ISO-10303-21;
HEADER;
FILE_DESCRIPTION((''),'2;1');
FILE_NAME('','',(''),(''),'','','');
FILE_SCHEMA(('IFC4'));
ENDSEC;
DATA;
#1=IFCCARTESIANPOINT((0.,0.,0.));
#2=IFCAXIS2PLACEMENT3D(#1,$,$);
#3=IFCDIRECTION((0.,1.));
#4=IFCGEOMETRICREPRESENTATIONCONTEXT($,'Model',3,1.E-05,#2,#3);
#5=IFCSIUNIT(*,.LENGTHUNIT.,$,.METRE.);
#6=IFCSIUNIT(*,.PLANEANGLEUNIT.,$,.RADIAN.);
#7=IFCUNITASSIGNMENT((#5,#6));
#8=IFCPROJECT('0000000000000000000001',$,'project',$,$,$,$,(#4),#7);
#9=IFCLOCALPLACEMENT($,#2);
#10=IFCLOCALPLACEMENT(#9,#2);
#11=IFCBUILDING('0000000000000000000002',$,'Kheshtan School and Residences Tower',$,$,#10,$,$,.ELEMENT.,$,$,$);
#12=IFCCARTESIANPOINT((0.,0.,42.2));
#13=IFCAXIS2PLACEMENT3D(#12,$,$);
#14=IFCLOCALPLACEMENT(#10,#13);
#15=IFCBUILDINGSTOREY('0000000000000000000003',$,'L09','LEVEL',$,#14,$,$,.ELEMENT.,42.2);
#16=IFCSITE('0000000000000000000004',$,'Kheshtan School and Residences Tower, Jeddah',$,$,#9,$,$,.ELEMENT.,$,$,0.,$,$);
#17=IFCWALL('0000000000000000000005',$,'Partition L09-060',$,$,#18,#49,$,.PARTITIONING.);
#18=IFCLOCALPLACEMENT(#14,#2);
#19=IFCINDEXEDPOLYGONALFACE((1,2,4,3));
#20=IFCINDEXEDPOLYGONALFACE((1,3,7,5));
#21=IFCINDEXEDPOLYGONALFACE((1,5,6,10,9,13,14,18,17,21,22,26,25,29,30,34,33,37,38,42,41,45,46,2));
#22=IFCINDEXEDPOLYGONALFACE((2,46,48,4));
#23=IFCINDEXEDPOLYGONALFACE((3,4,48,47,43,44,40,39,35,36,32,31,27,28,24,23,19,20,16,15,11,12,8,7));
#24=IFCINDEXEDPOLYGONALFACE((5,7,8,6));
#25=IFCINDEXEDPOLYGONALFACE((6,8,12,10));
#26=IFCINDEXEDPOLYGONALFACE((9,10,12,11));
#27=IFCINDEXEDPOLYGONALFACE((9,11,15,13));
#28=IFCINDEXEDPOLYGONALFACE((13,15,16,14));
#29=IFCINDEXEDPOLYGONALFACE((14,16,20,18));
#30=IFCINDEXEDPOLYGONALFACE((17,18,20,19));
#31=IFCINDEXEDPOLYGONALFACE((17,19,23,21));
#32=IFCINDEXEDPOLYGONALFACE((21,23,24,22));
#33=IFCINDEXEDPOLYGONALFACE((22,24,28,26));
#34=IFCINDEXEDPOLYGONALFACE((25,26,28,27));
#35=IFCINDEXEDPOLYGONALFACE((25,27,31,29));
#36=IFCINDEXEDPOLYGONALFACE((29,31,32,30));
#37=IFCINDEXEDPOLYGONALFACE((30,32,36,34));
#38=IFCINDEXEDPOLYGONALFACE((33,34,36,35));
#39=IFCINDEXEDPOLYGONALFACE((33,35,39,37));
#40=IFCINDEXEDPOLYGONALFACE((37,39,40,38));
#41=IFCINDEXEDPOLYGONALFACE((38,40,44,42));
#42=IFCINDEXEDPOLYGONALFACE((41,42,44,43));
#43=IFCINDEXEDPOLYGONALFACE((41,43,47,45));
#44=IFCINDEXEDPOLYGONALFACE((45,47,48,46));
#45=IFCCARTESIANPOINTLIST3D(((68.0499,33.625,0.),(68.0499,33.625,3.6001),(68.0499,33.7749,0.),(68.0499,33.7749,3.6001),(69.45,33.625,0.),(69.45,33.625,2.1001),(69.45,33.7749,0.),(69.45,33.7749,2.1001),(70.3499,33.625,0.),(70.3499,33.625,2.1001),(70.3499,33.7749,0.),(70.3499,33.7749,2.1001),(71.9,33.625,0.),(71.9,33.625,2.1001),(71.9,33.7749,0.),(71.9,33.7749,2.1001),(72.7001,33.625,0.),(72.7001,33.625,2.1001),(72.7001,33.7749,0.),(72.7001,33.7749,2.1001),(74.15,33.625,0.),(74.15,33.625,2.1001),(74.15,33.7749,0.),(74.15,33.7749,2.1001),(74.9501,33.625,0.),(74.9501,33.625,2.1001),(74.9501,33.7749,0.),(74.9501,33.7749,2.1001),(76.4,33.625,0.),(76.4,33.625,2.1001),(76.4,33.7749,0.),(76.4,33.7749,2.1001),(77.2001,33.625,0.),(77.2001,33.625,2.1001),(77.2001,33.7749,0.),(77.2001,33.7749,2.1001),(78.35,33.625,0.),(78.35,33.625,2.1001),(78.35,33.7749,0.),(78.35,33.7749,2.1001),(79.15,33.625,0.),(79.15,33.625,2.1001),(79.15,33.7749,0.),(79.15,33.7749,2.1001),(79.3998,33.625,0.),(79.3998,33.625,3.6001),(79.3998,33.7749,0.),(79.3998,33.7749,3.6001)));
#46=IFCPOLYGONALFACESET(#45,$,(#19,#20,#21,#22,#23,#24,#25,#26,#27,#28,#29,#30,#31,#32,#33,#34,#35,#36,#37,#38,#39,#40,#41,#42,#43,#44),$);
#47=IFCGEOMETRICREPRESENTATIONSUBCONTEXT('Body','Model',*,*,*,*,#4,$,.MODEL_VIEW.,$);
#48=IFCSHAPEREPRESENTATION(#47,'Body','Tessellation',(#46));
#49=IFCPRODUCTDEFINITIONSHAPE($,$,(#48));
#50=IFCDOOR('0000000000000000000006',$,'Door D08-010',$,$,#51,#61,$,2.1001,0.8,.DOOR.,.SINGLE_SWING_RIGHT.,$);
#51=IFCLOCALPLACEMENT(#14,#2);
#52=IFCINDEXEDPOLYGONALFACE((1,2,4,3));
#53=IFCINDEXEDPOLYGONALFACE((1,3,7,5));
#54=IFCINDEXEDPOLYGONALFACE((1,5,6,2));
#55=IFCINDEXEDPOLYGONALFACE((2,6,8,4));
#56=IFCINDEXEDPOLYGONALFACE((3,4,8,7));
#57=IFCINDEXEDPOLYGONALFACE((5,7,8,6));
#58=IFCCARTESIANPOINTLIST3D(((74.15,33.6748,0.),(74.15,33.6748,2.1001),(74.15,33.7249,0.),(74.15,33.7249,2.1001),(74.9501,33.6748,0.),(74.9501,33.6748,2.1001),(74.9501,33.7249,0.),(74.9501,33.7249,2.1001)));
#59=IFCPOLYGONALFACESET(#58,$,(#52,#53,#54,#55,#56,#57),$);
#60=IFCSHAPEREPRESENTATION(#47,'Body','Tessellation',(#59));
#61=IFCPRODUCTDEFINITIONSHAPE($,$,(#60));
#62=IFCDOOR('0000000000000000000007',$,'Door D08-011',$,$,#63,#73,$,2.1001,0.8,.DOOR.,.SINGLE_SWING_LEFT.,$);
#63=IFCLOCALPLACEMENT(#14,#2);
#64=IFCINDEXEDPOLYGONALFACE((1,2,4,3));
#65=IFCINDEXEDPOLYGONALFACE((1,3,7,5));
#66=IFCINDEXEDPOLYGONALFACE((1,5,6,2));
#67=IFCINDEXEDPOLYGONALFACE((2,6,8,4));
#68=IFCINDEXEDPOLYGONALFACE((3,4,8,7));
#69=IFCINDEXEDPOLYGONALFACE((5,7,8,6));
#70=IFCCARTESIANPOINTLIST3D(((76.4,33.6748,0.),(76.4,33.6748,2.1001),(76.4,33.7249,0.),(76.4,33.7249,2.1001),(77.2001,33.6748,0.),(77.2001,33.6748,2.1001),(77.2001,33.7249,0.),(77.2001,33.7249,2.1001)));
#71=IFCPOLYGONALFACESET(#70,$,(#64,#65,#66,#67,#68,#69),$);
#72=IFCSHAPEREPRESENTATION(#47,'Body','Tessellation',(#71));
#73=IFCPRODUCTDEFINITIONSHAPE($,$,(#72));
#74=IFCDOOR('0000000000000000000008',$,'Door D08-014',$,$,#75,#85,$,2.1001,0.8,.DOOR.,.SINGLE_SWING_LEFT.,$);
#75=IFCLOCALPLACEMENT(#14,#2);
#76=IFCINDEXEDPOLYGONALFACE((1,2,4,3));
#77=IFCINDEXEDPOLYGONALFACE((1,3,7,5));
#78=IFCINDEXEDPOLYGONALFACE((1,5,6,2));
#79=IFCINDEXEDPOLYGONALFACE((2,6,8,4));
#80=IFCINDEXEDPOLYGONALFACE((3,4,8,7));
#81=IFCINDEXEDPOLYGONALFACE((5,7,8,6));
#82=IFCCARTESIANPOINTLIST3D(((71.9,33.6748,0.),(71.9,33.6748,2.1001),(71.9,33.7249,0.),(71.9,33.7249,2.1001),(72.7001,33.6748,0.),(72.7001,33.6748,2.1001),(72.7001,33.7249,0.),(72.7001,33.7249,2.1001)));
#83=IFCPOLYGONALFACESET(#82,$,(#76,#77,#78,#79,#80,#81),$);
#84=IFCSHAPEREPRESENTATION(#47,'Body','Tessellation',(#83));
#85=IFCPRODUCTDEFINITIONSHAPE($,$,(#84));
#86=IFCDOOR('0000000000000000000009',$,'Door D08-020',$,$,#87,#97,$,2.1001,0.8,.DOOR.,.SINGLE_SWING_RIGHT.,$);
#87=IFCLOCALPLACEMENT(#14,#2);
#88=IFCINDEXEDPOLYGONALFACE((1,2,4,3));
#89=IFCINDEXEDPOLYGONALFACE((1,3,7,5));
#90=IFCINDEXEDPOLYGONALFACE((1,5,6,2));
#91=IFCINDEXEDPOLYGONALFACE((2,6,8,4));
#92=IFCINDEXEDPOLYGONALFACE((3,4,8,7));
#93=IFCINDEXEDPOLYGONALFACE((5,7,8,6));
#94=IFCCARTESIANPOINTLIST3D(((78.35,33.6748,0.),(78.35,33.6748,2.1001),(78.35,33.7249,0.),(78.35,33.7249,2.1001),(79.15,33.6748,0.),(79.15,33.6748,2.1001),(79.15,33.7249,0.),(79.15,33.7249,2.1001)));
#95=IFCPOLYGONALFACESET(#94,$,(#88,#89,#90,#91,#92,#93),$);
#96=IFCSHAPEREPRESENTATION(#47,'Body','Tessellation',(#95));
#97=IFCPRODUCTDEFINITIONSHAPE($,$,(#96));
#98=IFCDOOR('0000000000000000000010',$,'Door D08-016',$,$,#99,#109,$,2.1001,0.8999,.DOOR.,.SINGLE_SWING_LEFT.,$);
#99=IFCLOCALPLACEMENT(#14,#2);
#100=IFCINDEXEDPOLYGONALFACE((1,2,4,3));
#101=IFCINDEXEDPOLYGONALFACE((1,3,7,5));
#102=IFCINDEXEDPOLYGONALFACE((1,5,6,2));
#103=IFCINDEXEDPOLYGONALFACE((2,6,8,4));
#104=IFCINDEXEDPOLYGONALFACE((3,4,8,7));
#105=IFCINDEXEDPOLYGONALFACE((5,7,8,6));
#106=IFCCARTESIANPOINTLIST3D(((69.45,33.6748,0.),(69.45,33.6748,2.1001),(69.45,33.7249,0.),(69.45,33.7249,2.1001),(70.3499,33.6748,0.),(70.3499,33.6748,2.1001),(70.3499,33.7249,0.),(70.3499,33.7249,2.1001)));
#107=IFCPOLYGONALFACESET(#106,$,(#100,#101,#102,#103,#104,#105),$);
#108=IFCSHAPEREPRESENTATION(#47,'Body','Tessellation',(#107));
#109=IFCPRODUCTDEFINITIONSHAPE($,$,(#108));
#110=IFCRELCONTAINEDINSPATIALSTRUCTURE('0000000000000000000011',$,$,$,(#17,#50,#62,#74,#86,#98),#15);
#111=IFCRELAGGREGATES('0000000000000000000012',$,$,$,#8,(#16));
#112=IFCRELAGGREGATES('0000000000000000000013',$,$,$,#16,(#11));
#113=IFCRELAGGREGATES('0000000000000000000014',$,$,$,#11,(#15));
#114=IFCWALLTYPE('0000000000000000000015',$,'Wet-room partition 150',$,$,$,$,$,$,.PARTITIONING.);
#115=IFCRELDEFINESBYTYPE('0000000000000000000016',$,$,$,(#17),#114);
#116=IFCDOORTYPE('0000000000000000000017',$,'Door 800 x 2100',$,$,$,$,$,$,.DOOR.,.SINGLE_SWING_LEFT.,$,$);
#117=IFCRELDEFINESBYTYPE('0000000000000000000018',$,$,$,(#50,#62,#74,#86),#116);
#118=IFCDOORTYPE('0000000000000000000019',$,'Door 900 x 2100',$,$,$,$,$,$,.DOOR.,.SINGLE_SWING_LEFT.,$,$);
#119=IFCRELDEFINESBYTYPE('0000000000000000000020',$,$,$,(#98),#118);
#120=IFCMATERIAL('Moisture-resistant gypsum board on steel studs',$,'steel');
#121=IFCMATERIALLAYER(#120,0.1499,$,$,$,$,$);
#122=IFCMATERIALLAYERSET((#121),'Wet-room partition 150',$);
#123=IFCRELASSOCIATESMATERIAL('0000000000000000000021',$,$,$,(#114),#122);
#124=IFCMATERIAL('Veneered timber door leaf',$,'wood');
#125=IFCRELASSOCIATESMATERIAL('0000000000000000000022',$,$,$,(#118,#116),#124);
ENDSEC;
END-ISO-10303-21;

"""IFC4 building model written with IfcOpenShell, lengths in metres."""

from ifc_helpers import new_model, si_unit, direction, frame, frame_2d, origin, place, context, subcontext, project, spatial, rectangle, extrude, source, transform, mapped, material, layer, layer_set, type_object, element, fill, save


model = new_model("IFC4")

# Units and contexts
model_context = context("Model", 3, precision=1e-05, world=origin(), true_north=direction((0.0, 1.0)))
body_context = subcontext(model_context, "Body", "Model", "MODEL_VIEW")
ifc_project = project(units=[si_unit("LENGTHUNIT", "METRE"), si_unit("PLANEANGLEUNIT", "RADIAN")], contexts=[model_context])

# Site, building, storey
site_placement = place(None, origin())
site = spatial("IfcSite", under=ifc_project, at=site_placement, Name="Kheshtan School and Residences Tower, Jeddah", CompositionType="ELEMENT", RefElevation=0.0)
building_placement = place(site_placement, origin())
building = spatial("IfcBuilding", under=site, at=building_placement, Name="Kheshtan School and Residences Tower", CompositionType="ELEMENT")
storey_placement = place(building_placement, frame((0.0, 0.0, 42.2)))
storey = spatial("IfcBuildingStorey", under=building, at=storey_placement, Name="L09", Description="LEVEL", CompositionType="ELEMENT", Elevation=42.2)

# Wall, openings, doors
ifc_material_1 = material(Name="Moisture-resistant gypsum board on steel studs", Category="steel")
ifc_layer_1 = layer(ifc_material_1, 0.1499)
ifc_layer_set_1 = layer_set([ifc_layer_1], Name="Wet-room partition 150")
wall_type_1 = type_object("IfcWallType", Name="Wet-room partition 150", PredefinedType="PARTITIONING", material=ifc_layer_set_1)
ifc_material_2 = material(Name="Veneered timber door leaf", Category="wood")
door_type_1 = type_object("IfcDoorType", Name="Door 900 x 2100", OperationType="SINGLE_SWING_LEFT", PredefinedType="DOOR", material=ifc_material_2)
shared_shape_1 = source(origin(), body_context, "Body", "SweptSolid", [
    extrude(rectangle(XDim=0.8999, YDim=2.1001, at=frame_2d((0.45, 1.05))), frame((0.0, 0.0249, 0.0), z_axis=(0.0, -1.0, 0.0), x_axis=(1.0, 0.0, 0.0)), (0.0, 0.0, 1.0), 0.05),
])
wall_1_placement = place(storey_placement, frame((68.05, 33.7, 0.0), z_axis=(0.0, 0.0, 1.0), x_axis=(1.0, 0.0, 0.0)))
wall_1 = element("IfcWall", 1, at=wall_1_placement, inside=storey, type_object=wall_type_1, Name="Partition L09-060", PredefinedType="PARTITIONING", context=body_context, shape_type="SweptSolid", body=[
    extrude(rectangle(XDim=11.3499, YDim=0.1499, at=frame_2d((5.6748, 0.0))), origin(), (0.0, 0.0, 1.0), 3.6001),
])
opening_1_placement = place(wall_1_placement, frame((6.1001, 0.0, 0.0)))
opening_1 = element("IfcOpeningElement", 2, at=opening_1_placement, cuts=wall_1, PredefinedType="OPENING", context=body_context, shape_type="SweptSolid", body=[
    extrude(rectangle(XDim=0.8, YDim=2.1001, at=frame_2d((0.3999, 1.05))), frame((0.0, 0.085, 0.0), z_axis=(0.0, -1.0, 0.0), x_axis=(1.0, 0.0, 0.0)), (0.0, 0.0, 1.0), 0.1699),
])
opening_2_placement = place(wall_1_placement, frame((8.3501, 0.0, 0.0)))
opening_2 = element("IfcOpeningElement", 3, at=opening_2_placement, cuts=wall_1, PredefinedType="OPENING", context=body_context, shape_type="SweptSolid", body=[
    extrude(rectangle(XDim=0.8, YDim=2.1001, at=frame_2d((0.3999, 1.05))), frame((0.0, 0.085, 0.0), z_axis=(0.0, -1.0, 0.0), x_axis=(1.0, 0.0, 0.0)), (0.0, 0.0, 1.0), 0.1699),
])
opening_3_placement = place(wall_1_placement, frame((3.8501, 0.0, 0.0)))
opening_3 = element("IfcOpeningElement", 4, at=opening_3_placement, cuts=wall_1, PredefinedType="OPENING", context=body_context, shape_type="SweptSolid", body=[
    extrude(rectangle(XDim=0.8, YDim=2.1001, at=frame_2d((0.3999, 1.05))), frame((0.0, 0.085, 0.0), z_axis=(0.0, -1.0, 0.0), x_axis=(1.0, 0.0, 0.0)), (0.0, 0.0, 1.0), 0.1699),
])
opening_4_placement = place(wall_1_placement, frame((1.3999, 0.0, 0.0)))
opening_4 = element("IfcOpeningElement", 5, at=opening_4_placement, cuts=wall_1, PredefinedType="OPENING", context=body_context, shape_type="SweptSolid", body=[
    extrude(rectangle(XDim=0.8999, YDim=2.1001, at=frame_2d((0.45, 1.05))), frame((0.0, 0.085, 0.0), z_axis=(0.0, -1.0, 0.0), x_axis=(1.0, 0.0, 0.0)), (0.0, 0.0, 1.0), 0.1699),
])
opening_5_placement = place(wall_1_placement, frame((10.3, 0.0, 0.0)))
opening_5 = element("IfcOpeningElement", 6, at=opening_5_placement, cuts=wall_1, PredefinedType="OPENING", context=body_context, shape_type="SweptSolid", body=[
    extrude(rectangle(XDim=0.8, YDim=2.1001, at=frame_2d((0.3999, 1.05))), frame((0.0, 0.085, 0.0), z_axis=(0.0, -1.0, 0.0), x_axis=(1.0, 0.0, 0.0)), (0.0, 0.0, 1.0), 0.1699),
])
door_type_2 = type_object("IfcDoorType", Name="Door 800 x 2100", OperationType="SINGLE_SWING_LEFT", PredefinedType="DOOR", material=ifc_material_2)
shared_shape_2 = source(origin(), body_context, "Body", "SweptSolid", [
    extrude(rectangle(XDim=0.8, YDim=2.1001, at=frame_2d((0.3999, 1.05))), frame((0.0, 0.0249, 0.0), z_axis=(0.0, -1.0, 0.0), x_axis=(1.0, 0.0, 0.0)), (0.0, 0.0, 1.0), 0.05),
])
door_1_placement = place(opening_1_placement, origin())
door_1 = element("IfcDoor", 7, at=door_1_placement, inside=storey, type_object=door_type_2, Name="Door D08-010", OperationType="SINGLE_SWING_RIGHT", OverallHeight=2.1001, OverallWidth=0.8, PredefinedType="DOOR", context=body_context, shape_type="MappedRepresentation", body=[
    mapped(shared_shape_2, transform((0.0, 0.0, 0.0), x_axis=(1.0, 0.0, 0.0), y_axis=(0.0, 1.0, 0.0), z_axis=(0.0, 0.0, 1.0), scale=1.0)),
])
fill(opening_1, door_1)
door_2_placement = place(opening_2_placement, origin())
door_2 = element("IfcDoor", 8, at=door_2_placement, inside=storey, type_object=door_type_2, Name="Door D08-011", OperationType="SINGLE_SWING_LEFT", OverallHeight=2.1001, OverallWidth=0.8, PredefinedType="DOOR", context=body_context, shape_type="MappedRepresentation", body=[
    mapped(shared_shape_2, transform((0.0, 0.0, 0.0), x_axis=(1.0, 0.0, 0.0), y_axis=(0.0, 1.0, 0.0), z_axis=(0.0, 0.0, 1.0), scale=1.0)),
])
fill(opening_2, door_2)
door_3_placement = place(opening_3_placement, origin())
door_3 = element("IfcDoor", 9, at=door_3_placement, inside=storey, type_object=door_type_2, Name="Door D08-014", OperationType="SINGLE_SWING_LEFT", OverallHeight=2.1001, OverallWidth=0.8, PredefinedType="DOOR", context=body_context, shape_type="MappedRepresentation", body=[
    mapped(shared_shape_2, transform((0.0, 0.0, 0.0), x_axis=(1.0, 0.0, 0.0), y_axis=(0.0, 1.0, 0.0), z_axis=(0.0, 0.0, 1.0), scale=1.0)),
])
fill(opening_3, door_3)
door_4_placement = place(opening_5_placement, origin())
door_4 = element("IfcDoor", 10, at=door_4_placement, inside=storey, type_object=door_type_2, Name="Door D08-020", OperationType="SINGLE_SWING_RIGHT", OverallHeight=2.1001, OverallWidth=0.8, PredefinedType="DOOR", context=body_context, shape_type="MappedRepresentation", body=[
    mapped(shared_shape_2, transform((0.0, 0.0, 0.0), x_axis=(1.0, 0.0, 0.0), y_axis=(0.0, 1.0, 0.0), z_axis=(0.0, 0.0, 1.0), scale=1.0)),
])
fill(opening_5, door_4)
door_5_placement = place(opening_4_placement, origin())
door_5 = element("IfcDoor", 11, at=door_5_placement, inside=storey, type_object=door_type_1, Name="Door D08-016", OperationType="SINGLE_SWING_LEFT", OverallHeight=2.1001, OverallWidth=0.8999, PredefinedType="DOOR", context=body_context, shape_type="MappedRepresentation", body=[
    mapped(shared_shape_1, transform((0.0, 0.0, 0.0), x_axis=(1.0, 0.0, 0.0), y_axis=(0.0, 1.0, 0.0), z_axis=(0.0, 0.0, 1.0), scale=1.0)),
])
fill(opening_4, door_5)

save(model, "model.ifc")
